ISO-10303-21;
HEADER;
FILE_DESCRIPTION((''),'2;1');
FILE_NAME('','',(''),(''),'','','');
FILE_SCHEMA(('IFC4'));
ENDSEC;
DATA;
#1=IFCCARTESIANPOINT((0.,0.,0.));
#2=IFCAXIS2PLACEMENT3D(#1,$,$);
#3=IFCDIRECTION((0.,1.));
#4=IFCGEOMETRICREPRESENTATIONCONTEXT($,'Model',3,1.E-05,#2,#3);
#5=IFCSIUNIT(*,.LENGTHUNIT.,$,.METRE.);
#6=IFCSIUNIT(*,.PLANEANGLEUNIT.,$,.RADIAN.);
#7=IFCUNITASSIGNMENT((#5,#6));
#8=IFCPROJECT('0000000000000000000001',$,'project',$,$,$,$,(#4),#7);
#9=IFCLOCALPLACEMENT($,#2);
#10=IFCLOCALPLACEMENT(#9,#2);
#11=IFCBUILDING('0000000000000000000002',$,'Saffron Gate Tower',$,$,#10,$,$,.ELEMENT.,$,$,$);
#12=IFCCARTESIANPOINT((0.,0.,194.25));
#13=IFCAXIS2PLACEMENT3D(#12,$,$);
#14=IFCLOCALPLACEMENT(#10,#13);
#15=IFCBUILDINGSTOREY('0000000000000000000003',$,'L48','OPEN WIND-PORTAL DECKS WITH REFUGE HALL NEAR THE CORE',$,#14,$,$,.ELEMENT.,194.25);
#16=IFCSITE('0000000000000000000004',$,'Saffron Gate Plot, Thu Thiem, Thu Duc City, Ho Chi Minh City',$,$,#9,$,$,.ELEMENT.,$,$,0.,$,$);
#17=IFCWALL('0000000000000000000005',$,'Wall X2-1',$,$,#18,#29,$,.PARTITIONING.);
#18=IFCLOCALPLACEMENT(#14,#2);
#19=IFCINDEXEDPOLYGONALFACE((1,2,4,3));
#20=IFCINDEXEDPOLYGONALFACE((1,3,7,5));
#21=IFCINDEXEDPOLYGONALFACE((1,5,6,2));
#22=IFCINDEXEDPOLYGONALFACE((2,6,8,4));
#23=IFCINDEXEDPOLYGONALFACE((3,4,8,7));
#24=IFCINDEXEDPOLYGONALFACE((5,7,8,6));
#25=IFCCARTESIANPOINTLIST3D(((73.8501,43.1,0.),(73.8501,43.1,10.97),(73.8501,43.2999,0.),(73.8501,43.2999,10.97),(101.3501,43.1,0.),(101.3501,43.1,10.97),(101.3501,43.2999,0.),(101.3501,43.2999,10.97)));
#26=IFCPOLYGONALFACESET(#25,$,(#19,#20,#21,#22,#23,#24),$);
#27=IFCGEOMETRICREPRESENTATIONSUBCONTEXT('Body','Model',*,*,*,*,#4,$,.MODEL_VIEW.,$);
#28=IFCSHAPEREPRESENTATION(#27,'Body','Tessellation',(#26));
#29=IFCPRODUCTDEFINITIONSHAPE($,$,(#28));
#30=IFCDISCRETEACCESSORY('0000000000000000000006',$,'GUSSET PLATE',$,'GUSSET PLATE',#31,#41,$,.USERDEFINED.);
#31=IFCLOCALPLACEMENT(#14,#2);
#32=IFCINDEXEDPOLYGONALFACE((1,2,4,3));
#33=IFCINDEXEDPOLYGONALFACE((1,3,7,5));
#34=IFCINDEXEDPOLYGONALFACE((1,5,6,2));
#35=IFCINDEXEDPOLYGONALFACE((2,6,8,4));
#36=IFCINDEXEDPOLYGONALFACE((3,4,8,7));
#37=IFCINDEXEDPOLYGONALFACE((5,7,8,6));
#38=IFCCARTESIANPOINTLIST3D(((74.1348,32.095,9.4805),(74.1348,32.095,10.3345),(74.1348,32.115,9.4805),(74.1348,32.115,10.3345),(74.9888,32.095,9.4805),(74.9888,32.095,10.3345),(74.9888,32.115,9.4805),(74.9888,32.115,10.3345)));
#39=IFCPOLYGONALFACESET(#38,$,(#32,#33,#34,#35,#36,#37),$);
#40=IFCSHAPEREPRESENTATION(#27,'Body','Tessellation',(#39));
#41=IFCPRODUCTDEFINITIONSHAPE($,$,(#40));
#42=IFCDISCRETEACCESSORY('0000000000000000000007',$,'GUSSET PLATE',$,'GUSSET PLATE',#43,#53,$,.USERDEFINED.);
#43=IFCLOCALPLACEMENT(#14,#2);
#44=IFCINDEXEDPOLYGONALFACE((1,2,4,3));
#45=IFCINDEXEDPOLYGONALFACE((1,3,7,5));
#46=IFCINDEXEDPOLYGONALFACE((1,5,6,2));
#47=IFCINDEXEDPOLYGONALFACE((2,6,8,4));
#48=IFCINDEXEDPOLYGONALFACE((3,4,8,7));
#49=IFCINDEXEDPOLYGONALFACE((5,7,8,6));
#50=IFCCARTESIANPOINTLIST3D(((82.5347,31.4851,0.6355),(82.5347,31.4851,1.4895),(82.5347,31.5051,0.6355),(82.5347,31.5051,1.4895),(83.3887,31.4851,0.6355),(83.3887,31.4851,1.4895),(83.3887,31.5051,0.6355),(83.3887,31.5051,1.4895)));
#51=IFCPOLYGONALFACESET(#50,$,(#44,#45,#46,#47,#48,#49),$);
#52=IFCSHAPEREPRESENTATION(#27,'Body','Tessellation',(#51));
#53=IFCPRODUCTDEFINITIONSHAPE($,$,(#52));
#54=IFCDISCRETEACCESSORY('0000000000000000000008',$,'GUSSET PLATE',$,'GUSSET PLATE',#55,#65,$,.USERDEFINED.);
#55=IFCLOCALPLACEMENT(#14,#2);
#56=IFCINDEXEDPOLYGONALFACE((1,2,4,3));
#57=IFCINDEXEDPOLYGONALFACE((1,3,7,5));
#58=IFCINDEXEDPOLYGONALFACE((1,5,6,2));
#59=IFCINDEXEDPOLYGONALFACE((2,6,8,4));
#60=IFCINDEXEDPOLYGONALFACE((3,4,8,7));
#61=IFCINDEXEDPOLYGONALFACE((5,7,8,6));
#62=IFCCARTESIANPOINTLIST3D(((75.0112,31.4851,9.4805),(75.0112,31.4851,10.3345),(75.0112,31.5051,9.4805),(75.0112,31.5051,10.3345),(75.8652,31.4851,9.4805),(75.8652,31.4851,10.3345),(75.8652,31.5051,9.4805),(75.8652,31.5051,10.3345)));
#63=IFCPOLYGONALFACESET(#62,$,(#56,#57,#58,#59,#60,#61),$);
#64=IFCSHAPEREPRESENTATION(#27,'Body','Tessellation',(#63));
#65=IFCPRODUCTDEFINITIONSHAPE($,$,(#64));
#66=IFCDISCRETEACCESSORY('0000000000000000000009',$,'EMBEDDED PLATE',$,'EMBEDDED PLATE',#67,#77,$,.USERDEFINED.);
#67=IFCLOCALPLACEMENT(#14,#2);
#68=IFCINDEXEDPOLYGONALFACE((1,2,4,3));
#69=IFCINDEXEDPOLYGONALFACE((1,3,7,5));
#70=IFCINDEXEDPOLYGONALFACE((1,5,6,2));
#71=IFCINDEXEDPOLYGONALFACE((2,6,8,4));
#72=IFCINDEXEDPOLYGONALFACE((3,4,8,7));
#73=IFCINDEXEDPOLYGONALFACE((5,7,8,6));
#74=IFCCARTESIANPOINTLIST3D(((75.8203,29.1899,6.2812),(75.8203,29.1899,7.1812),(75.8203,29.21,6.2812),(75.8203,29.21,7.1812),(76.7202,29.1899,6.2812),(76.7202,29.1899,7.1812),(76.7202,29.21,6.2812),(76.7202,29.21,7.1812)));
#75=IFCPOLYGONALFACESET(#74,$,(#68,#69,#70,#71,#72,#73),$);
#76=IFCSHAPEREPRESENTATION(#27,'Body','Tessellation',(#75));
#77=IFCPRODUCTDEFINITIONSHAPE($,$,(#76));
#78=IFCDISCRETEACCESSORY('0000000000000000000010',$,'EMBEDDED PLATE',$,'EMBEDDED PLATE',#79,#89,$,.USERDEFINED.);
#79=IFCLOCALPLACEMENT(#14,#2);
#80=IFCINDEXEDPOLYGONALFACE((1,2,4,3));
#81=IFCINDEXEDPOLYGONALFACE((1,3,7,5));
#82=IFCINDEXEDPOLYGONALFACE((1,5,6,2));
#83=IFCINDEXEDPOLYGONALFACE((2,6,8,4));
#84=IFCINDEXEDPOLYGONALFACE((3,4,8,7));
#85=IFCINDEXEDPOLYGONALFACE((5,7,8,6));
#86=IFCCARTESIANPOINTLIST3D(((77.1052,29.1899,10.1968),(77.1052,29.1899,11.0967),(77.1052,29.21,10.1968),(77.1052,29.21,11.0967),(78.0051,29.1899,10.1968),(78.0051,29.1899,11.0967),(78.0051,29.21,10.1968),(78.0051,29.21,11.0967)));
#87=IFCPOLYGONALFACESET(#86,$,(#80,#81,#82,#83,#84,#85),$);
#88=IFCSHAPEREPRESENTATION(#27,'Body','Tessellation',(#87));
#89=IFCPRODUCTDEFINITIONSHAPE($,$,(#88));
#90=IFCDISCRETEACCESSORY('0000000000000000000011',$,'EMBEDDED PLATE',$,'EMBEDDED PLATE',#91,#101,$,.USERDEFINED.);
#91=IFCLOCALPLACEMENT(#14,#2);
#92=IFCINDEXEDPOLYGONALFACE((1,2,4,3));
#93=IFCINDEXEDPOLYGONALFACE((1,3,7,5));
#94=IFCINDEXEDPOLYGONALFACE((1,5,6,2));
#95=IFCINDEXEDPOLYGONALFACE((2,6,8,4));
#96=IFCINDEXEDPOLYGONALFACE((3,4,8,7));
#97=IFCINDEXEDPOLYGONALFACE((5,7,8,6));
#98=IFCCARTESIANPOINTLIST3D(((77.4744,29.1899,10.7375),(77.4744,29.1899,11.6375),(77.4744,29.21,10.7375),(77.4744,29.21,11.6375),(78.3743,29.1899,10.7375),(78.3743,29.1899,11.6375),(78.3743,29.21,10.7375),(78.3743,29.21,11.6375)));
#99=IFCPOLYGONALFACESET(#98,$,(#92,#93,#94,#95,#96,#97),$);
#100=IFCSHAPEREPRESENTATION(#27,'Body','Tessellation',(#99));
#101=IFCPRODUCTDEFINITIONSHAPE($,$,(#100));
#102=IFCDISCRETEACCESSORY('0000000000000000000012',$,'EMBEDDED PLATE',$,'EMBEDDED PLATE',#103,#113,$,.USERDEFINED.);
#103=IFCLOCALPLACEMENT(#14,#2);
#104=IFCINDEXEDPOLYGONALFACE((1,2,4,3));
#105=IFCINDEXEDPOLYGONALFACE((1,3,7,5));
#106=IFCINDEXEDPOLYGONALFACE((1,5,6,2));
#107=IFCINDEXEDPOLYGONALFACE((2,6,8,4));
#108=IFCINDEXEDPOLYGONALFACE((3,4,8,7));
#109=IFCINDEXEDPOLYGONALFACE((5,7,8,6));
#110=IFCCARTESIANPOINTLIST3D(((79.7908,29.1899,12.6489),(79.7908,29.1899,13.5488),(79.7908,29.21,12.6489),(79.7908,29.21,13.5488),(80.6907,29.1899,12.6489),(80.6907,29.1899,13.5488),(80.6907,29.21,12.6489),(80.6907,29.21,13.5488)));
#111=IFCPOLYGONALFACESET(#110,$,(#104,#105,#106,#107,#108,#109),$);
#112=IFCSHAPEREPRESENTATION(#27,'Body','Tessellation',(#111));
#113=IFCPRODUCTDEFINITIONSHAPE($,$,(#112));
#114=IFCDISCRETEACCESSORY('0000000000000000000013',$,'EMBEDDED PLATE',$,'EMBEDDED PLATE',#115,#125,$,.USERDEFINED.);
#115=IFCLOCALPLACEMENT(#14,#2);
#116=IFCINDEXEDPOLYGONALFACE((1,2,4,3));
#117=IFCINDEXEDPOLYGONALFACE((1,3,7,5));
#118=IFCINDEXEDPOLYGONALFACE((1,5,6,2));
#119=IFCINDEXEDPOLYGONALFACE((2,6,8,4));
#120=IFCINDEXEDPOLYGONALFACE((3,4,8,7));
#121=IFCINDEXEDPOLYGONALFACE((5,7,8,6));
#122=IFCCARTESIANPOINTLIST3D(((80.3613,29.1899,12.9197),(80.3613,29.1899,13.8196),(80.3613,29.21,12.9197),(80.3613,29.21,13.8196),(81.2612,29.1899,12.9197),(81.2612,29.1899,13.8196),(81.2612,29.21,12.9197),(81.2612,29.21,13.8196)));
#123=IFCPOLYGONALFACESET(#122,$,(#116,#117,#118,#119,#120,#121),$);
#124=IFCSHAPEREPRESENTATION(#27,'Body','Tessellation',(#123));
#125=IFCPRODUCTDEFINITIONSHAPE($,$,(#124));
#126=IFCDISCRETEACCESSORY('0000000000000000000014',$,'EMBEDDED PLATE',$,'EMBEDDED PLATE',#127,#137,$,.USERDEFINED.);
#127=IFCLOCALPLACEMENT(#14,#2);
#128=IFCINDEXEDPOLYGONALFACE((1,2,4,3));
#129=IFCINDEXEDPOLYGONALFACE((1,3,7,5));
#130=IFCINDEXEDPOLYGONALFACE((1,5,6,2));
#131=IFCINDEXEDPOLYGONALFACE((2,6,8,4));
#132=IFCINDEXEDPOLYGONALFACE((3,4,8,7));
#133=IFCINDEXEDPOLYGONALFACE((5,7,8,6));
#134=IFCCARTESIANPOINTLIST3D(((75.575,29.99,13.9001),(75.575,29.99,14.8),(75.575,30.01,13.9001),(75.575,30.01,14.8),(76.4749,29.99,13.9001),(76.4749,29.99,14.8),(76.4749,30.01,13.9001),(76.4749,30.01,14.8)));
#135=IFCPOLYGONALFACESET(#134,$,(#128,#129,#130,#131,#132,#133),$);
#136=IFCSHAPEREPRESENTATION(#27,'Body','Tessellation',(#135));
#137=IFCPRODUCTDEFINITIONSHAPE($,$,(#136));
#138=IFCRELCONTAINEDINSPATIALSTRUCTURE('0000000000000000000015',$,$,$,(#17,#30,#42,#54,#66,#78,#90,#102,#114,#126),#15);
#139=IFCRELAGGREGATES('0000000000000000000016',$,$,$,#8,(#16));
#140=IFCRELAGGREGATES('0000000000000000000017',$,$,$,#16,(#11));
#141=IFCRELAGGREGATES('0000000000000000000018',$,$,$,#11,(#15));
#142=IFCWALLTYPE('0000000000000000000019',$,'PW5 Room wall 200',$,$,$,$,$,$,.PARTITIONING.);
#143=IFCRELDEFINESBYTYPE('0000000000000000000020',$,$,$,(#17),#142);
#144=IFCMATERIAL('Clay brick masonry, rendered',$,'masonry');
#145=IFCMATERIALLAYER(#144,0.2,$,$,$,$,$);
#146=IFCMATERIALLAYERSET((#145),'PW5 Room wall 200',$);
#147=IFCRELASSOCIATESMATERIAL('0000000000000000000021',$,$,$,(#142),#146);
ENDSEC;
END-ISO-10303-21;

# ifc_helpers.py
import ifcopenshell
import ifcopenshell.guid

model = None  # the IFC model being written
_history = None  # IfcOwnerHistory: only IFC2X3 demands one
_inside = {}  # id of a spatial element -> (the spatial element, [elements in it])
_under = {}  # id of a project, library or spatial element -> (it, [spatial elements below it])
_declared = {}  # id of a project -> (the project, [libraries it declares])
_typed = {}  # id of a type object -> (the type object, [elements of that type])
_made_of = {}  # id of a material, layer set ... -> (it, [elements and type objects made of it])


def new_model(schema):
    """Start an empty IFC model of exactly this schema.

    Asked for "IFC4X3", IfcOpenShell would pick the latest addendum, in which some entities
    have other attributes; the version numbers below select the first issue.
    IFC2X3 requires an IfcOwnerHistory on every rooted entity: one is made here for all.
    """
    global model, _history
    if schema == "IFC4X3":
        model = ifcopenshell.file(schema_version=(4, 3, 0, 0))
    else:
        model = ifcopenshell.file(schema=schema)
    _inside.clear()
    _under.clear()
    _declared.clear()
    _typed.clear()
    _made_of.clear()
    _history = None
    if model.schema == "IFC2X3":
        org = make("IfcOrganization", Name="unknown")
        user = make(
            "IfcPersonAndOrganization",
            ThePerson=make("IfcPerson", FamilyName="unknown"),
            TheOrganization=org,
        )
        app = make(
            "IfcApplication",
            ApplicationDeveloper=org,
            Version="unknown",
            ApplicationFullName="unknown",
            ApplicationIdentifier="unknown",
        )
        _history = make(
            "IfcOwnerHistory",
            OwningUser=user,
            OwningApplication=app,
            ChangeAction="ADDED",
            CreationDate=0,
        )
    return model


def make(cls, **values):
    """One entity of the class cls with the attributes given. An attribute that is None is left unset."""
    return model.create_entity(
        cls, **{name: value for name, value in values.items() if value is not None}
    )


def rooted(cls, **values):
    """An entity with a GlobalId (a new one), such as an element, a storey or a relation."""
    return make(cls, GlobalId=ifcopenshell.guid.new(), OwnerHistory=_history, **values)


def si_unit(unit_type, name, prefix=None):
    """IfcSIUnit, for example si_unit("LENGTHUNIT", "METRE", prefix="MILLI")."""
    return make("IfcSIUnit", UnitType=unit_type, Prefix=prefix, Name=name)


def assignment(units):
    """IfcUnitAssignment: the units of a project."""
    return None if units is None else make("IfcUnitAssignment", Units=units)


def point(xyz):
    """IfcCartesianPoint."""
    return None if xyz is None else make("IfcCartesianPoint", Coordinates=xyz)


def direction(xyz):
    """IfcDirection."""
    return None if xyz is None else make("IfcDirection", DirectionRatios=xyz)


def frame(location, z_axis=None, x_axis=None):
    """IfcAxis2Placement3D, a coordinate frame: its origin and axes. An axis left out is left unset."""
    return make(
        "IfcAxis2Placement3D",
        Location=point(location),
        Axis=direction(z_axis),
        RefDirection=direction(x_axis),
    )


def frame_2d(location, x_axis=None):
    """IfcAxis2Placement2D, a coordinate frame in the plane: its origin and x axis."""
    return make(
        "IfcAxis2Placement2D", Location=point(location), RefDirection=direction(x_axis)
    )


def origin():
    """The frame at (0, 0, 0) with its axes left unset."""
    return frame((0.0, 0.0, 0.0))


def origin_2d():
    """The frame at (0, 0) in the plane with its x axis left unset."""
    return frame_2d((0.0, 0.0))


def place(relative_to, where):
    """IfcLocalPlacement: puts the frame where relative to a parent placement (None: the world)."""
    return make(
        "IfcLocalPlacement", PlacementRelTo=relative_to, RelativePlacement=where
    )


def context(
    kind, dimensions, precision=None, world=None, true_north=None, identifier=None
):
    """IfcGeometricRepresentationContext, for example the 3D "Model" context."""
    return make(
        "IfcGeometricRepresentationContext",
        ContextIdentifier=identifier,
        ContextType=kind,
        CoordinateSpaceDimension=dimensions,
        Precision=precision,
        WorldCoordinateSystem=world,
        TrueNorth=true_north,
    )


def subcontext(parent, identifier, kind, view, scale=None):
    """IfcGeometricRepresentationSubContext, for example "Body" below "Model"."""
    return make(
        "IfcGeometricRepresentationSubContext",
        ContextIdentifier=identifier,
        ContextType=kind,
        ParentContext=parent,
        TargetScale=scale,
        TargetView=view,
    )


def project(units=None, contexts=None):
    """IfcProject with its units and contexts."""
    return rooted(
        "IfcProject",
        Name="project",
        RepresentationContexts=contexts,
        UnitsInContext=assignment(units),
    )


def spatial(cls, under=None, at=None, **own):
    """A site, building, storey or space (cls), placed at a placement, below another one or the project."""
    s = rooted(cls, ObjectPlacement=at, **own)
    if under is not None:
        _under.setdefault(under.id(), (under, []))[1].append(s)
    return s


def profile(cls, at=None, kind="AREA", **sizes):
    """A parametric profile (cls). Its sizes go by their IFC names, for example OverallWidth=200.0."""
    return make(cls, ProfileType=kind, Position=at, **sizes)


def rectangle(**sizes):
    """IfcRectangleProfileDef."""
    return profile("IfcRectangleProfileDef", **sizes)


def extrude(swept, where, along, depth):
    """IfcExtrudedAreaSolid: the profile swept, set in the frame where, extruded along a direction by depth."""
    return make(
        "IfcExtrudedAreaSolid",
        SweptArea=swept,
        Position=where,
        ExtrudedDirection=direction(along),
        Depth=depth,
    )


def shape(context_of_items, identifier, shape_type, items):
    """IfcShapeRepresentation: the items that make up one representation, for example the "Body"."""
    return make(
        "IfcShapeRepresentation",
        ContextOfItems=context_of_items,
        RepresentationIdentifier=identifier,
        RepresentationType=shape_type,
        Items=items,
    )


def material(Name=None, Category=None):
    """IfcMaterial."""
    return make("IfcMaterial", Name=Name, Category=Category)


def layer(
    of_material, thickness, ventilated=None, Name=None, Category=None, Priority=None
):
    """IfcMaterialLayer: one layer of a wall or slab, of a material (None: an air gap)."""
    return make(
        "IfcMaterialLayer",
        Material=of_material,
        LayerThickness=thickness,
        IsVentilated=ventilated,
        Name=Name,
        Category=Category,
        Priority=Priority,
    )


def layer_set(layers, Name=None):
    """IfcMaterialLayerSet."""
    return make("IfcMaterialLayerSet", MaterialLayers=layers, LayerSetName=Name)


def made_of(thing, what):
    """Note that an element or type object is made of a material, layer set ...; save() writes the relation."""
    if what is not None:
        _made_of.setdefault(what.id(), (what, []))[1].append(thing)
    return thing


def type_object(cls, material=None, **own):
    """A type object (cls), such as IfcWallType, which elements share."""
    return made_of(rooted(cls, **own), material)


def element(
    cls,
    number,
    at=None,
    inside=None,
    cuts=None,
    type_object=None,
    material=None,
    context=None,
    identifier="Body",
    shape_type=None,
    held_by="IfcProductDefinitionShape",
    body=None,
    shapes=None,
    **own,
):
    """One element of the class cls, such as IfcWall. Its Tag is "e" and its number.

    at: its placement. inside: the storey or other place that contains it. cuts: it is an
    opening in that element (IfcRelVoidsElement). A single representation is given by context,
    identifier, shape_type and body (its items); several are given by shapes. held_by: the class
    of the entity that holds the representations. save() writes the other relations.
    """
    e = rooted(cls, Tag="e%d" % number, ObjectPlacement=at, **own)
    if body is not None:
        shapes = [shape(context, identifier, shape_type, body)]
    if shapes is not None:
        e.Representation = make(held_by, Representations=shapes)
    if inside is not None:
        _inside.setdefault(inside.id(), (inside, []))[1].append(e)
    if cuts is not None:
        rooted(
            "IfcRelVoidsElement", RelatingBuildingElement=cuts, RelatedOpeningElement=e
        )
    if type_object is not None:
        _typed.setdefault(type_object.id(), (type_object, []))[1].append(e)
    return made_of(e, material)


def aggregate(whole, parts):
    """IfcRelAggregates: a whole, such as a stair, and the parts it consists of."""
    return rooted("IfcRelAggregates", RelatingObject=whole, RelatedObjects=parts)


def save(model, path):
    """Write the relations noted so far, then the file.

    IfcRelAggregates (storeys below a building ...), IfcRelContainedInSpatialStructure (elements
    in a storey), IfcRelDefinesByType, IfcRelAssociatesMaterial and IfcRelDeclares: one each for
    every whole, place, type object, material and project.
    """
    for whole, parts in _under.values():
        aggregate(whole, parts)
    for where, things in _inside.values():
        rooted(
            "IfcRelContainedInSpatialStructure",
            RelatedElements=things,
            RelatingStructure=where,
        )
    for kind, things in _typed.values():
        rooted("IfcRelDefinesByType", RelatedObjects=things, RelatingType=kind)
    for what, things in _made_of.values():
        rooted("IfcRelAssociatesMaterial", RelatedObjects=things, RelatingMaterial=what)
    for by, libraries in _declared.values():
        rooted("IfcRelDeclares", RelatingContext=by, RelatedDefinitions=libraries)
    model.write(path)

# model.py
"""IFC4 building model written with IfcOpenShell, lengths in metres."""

from ifc_helpers import new_model, si_unit, direction, frame, frame_2d, origin, origin_2d, place, context, subcontext, project, spatial, rectangle, extrude, material, layer, layer_set, type_object, element, save


model = new_model("IFC4")

# Units and contexts
model_context = context("Model", 3, precision=1e-05, world=origin(), true_north=direction((0.0, 1.0)))
body_context = subcontext(model_context, "Body", "Model", "MODEL_VIEW")
ifc_project = project(units=[si_unit("LENGTHUNIT", "METRE"), si_unit("PLANEANGLEUNIT", "RADIAN")], contexts=[model_context])

# Site, building, storey
site_placement = place(None, origin())
site = spatial("IfcSite", under=ifc_project, at=site_placement, Name="Saffron Gate Plot, Thu Thiem, Thu Duc City, Ho Chi Minh City", CompositionType="ELEMENT", RefElevation=0.0)
building_placement = place(site_placement, origin())
building = spatial("IfcBuilding", under=site, at=building_placement, Name="Saffron Gate Tower", CompositionType="ELEMENT")
storey_placement = place(building_placement, frame((0.0, 0.0, 194.25)))
storey = spatial("IfcBuildingStorey", under=building, at=storey_placement, Name="L48", Description="OPEN WIND-PORTAL DECKS WITH REFUGE HALL NEAR THE CORE", CompositionType="ELEMENT", Elevation=194.25)

# Wall
ifc_material_1 = material(Name="Clay brick masonry, rendered", Category="masonry")
ifc_layer = layer(ifc_material_1, 0.2)
ifc_layer_set = layer_set([ifc_layer], Name="PW5 Room wall 200")
wall_type = type_object("IfcWallType", Name="PW5 Room wall 200", PredefinedType="PARTITIONING", material=ifc_layer_set)
wall_placement = place(storey_placement, frame((73.8501, 43.2, 0.0), z_axis=(0.0, 0.0, 1.0), x_axis=(1.0, 0.0, 0.0)))
element("IfcWall", 1, at=wall_placement, inside=storey, type_object=wall_type, Name="Wall X2-1", PredefinedType="PARTITIONING", context=body_context, shape_type="SweptSolid", body=[
    extrude(rectangle(XDim=27.5, YDim=0.2, at=frame_2d((13.75, 0.0))), origin(), (0.0, 0.0, 1.0), 10.97),
])

# Discrete accessories
for number, where, z_axis, x_axis, name in (
    (2, (74.5618, 32.105, 9.4805), (0.0, 0.0, 1.0), (1.0, 0.0, 0.0), "GUSSET PLATE"),
    (3, (82.9617, 31.4951, 0.6355), (0.0, 0.0, 1.0), (-1.0, 0.0, 0.0), "GUSSET PLATE"),
    (4, (75.4382, 31.4951, 9.4805), (0.0, 0.0, 1.0), (-1.0, 0.0, 0.0), "GUSSET PLATE"),
):
    element("IfcDiscreteAccessory", number, at=place(storey_placement, frame(where, z_axis=z_axis, x_axis=x_axis)), inside=storey, Name=name, ObjectType="GUSSET PLATE", PredefinedType="USERDEFINED", context=body_context, shape_type="SweptSolid", body=[
        extrude(rectangle(XDim=0.854, YDim=0.02, at=origin_2d()), origin(), (0.0, 0.0, 1.0), 0.854),
    ])
for number, where, z_axis, x_axis, name in (
    (5, (76.2703, 29.2, 6.2812), (0.0, 0.0, 1.0), (1.0, 0.0, 0.0), "EMBEDDED PLATE"),
    (6, (77.5552, 29.2, 10.1968), (0.0, 0.0, 1.0), (1.0, 0.0, 0.0), "EMBEDDED PLATE"),
    (7, (77.9243, 29.2, 10.7375), (0.0, 0.0, 1.0), (1.0, 0.0, 0.0), "EMBEDDED PLATE"),
    (8, (80.2407, 29.2, 12.6489), (0.0, 0.0, 1.0), (1.0, 0.0, 0.0), "EMBEDDED PLATE"),
    (9, (80.8113, 29.2, 12.9197), (0.0, 0.0, 1.0), (1.0, 0.0, 0.0), "EMBEDDED PLATE"),
    (10, (76.0249, 30.0, 13.9001), (0.0, 0.0, 1.0), (1.0, 0.0, 0.0), "EMBEDDED PLATE"),
):
    element("IfcDiscreteAccessory", number, at=place(storey_placement, frame(where, z_axis=z_axis, x_axis=x_axis)), inside=storey, Name=name, ObjectType="EMBEDDED PLATE", PredefinedType="USERDEFINED", context=body_context, shape_type="SweptSolid", body=[
        extrude(rectangle(XDim=0.8999, YDim=0.02, at=origin_2d()), origin(), (0.0, 0.0, 1.0), 0.8999),
    ])

save(model, "model.ifc")
